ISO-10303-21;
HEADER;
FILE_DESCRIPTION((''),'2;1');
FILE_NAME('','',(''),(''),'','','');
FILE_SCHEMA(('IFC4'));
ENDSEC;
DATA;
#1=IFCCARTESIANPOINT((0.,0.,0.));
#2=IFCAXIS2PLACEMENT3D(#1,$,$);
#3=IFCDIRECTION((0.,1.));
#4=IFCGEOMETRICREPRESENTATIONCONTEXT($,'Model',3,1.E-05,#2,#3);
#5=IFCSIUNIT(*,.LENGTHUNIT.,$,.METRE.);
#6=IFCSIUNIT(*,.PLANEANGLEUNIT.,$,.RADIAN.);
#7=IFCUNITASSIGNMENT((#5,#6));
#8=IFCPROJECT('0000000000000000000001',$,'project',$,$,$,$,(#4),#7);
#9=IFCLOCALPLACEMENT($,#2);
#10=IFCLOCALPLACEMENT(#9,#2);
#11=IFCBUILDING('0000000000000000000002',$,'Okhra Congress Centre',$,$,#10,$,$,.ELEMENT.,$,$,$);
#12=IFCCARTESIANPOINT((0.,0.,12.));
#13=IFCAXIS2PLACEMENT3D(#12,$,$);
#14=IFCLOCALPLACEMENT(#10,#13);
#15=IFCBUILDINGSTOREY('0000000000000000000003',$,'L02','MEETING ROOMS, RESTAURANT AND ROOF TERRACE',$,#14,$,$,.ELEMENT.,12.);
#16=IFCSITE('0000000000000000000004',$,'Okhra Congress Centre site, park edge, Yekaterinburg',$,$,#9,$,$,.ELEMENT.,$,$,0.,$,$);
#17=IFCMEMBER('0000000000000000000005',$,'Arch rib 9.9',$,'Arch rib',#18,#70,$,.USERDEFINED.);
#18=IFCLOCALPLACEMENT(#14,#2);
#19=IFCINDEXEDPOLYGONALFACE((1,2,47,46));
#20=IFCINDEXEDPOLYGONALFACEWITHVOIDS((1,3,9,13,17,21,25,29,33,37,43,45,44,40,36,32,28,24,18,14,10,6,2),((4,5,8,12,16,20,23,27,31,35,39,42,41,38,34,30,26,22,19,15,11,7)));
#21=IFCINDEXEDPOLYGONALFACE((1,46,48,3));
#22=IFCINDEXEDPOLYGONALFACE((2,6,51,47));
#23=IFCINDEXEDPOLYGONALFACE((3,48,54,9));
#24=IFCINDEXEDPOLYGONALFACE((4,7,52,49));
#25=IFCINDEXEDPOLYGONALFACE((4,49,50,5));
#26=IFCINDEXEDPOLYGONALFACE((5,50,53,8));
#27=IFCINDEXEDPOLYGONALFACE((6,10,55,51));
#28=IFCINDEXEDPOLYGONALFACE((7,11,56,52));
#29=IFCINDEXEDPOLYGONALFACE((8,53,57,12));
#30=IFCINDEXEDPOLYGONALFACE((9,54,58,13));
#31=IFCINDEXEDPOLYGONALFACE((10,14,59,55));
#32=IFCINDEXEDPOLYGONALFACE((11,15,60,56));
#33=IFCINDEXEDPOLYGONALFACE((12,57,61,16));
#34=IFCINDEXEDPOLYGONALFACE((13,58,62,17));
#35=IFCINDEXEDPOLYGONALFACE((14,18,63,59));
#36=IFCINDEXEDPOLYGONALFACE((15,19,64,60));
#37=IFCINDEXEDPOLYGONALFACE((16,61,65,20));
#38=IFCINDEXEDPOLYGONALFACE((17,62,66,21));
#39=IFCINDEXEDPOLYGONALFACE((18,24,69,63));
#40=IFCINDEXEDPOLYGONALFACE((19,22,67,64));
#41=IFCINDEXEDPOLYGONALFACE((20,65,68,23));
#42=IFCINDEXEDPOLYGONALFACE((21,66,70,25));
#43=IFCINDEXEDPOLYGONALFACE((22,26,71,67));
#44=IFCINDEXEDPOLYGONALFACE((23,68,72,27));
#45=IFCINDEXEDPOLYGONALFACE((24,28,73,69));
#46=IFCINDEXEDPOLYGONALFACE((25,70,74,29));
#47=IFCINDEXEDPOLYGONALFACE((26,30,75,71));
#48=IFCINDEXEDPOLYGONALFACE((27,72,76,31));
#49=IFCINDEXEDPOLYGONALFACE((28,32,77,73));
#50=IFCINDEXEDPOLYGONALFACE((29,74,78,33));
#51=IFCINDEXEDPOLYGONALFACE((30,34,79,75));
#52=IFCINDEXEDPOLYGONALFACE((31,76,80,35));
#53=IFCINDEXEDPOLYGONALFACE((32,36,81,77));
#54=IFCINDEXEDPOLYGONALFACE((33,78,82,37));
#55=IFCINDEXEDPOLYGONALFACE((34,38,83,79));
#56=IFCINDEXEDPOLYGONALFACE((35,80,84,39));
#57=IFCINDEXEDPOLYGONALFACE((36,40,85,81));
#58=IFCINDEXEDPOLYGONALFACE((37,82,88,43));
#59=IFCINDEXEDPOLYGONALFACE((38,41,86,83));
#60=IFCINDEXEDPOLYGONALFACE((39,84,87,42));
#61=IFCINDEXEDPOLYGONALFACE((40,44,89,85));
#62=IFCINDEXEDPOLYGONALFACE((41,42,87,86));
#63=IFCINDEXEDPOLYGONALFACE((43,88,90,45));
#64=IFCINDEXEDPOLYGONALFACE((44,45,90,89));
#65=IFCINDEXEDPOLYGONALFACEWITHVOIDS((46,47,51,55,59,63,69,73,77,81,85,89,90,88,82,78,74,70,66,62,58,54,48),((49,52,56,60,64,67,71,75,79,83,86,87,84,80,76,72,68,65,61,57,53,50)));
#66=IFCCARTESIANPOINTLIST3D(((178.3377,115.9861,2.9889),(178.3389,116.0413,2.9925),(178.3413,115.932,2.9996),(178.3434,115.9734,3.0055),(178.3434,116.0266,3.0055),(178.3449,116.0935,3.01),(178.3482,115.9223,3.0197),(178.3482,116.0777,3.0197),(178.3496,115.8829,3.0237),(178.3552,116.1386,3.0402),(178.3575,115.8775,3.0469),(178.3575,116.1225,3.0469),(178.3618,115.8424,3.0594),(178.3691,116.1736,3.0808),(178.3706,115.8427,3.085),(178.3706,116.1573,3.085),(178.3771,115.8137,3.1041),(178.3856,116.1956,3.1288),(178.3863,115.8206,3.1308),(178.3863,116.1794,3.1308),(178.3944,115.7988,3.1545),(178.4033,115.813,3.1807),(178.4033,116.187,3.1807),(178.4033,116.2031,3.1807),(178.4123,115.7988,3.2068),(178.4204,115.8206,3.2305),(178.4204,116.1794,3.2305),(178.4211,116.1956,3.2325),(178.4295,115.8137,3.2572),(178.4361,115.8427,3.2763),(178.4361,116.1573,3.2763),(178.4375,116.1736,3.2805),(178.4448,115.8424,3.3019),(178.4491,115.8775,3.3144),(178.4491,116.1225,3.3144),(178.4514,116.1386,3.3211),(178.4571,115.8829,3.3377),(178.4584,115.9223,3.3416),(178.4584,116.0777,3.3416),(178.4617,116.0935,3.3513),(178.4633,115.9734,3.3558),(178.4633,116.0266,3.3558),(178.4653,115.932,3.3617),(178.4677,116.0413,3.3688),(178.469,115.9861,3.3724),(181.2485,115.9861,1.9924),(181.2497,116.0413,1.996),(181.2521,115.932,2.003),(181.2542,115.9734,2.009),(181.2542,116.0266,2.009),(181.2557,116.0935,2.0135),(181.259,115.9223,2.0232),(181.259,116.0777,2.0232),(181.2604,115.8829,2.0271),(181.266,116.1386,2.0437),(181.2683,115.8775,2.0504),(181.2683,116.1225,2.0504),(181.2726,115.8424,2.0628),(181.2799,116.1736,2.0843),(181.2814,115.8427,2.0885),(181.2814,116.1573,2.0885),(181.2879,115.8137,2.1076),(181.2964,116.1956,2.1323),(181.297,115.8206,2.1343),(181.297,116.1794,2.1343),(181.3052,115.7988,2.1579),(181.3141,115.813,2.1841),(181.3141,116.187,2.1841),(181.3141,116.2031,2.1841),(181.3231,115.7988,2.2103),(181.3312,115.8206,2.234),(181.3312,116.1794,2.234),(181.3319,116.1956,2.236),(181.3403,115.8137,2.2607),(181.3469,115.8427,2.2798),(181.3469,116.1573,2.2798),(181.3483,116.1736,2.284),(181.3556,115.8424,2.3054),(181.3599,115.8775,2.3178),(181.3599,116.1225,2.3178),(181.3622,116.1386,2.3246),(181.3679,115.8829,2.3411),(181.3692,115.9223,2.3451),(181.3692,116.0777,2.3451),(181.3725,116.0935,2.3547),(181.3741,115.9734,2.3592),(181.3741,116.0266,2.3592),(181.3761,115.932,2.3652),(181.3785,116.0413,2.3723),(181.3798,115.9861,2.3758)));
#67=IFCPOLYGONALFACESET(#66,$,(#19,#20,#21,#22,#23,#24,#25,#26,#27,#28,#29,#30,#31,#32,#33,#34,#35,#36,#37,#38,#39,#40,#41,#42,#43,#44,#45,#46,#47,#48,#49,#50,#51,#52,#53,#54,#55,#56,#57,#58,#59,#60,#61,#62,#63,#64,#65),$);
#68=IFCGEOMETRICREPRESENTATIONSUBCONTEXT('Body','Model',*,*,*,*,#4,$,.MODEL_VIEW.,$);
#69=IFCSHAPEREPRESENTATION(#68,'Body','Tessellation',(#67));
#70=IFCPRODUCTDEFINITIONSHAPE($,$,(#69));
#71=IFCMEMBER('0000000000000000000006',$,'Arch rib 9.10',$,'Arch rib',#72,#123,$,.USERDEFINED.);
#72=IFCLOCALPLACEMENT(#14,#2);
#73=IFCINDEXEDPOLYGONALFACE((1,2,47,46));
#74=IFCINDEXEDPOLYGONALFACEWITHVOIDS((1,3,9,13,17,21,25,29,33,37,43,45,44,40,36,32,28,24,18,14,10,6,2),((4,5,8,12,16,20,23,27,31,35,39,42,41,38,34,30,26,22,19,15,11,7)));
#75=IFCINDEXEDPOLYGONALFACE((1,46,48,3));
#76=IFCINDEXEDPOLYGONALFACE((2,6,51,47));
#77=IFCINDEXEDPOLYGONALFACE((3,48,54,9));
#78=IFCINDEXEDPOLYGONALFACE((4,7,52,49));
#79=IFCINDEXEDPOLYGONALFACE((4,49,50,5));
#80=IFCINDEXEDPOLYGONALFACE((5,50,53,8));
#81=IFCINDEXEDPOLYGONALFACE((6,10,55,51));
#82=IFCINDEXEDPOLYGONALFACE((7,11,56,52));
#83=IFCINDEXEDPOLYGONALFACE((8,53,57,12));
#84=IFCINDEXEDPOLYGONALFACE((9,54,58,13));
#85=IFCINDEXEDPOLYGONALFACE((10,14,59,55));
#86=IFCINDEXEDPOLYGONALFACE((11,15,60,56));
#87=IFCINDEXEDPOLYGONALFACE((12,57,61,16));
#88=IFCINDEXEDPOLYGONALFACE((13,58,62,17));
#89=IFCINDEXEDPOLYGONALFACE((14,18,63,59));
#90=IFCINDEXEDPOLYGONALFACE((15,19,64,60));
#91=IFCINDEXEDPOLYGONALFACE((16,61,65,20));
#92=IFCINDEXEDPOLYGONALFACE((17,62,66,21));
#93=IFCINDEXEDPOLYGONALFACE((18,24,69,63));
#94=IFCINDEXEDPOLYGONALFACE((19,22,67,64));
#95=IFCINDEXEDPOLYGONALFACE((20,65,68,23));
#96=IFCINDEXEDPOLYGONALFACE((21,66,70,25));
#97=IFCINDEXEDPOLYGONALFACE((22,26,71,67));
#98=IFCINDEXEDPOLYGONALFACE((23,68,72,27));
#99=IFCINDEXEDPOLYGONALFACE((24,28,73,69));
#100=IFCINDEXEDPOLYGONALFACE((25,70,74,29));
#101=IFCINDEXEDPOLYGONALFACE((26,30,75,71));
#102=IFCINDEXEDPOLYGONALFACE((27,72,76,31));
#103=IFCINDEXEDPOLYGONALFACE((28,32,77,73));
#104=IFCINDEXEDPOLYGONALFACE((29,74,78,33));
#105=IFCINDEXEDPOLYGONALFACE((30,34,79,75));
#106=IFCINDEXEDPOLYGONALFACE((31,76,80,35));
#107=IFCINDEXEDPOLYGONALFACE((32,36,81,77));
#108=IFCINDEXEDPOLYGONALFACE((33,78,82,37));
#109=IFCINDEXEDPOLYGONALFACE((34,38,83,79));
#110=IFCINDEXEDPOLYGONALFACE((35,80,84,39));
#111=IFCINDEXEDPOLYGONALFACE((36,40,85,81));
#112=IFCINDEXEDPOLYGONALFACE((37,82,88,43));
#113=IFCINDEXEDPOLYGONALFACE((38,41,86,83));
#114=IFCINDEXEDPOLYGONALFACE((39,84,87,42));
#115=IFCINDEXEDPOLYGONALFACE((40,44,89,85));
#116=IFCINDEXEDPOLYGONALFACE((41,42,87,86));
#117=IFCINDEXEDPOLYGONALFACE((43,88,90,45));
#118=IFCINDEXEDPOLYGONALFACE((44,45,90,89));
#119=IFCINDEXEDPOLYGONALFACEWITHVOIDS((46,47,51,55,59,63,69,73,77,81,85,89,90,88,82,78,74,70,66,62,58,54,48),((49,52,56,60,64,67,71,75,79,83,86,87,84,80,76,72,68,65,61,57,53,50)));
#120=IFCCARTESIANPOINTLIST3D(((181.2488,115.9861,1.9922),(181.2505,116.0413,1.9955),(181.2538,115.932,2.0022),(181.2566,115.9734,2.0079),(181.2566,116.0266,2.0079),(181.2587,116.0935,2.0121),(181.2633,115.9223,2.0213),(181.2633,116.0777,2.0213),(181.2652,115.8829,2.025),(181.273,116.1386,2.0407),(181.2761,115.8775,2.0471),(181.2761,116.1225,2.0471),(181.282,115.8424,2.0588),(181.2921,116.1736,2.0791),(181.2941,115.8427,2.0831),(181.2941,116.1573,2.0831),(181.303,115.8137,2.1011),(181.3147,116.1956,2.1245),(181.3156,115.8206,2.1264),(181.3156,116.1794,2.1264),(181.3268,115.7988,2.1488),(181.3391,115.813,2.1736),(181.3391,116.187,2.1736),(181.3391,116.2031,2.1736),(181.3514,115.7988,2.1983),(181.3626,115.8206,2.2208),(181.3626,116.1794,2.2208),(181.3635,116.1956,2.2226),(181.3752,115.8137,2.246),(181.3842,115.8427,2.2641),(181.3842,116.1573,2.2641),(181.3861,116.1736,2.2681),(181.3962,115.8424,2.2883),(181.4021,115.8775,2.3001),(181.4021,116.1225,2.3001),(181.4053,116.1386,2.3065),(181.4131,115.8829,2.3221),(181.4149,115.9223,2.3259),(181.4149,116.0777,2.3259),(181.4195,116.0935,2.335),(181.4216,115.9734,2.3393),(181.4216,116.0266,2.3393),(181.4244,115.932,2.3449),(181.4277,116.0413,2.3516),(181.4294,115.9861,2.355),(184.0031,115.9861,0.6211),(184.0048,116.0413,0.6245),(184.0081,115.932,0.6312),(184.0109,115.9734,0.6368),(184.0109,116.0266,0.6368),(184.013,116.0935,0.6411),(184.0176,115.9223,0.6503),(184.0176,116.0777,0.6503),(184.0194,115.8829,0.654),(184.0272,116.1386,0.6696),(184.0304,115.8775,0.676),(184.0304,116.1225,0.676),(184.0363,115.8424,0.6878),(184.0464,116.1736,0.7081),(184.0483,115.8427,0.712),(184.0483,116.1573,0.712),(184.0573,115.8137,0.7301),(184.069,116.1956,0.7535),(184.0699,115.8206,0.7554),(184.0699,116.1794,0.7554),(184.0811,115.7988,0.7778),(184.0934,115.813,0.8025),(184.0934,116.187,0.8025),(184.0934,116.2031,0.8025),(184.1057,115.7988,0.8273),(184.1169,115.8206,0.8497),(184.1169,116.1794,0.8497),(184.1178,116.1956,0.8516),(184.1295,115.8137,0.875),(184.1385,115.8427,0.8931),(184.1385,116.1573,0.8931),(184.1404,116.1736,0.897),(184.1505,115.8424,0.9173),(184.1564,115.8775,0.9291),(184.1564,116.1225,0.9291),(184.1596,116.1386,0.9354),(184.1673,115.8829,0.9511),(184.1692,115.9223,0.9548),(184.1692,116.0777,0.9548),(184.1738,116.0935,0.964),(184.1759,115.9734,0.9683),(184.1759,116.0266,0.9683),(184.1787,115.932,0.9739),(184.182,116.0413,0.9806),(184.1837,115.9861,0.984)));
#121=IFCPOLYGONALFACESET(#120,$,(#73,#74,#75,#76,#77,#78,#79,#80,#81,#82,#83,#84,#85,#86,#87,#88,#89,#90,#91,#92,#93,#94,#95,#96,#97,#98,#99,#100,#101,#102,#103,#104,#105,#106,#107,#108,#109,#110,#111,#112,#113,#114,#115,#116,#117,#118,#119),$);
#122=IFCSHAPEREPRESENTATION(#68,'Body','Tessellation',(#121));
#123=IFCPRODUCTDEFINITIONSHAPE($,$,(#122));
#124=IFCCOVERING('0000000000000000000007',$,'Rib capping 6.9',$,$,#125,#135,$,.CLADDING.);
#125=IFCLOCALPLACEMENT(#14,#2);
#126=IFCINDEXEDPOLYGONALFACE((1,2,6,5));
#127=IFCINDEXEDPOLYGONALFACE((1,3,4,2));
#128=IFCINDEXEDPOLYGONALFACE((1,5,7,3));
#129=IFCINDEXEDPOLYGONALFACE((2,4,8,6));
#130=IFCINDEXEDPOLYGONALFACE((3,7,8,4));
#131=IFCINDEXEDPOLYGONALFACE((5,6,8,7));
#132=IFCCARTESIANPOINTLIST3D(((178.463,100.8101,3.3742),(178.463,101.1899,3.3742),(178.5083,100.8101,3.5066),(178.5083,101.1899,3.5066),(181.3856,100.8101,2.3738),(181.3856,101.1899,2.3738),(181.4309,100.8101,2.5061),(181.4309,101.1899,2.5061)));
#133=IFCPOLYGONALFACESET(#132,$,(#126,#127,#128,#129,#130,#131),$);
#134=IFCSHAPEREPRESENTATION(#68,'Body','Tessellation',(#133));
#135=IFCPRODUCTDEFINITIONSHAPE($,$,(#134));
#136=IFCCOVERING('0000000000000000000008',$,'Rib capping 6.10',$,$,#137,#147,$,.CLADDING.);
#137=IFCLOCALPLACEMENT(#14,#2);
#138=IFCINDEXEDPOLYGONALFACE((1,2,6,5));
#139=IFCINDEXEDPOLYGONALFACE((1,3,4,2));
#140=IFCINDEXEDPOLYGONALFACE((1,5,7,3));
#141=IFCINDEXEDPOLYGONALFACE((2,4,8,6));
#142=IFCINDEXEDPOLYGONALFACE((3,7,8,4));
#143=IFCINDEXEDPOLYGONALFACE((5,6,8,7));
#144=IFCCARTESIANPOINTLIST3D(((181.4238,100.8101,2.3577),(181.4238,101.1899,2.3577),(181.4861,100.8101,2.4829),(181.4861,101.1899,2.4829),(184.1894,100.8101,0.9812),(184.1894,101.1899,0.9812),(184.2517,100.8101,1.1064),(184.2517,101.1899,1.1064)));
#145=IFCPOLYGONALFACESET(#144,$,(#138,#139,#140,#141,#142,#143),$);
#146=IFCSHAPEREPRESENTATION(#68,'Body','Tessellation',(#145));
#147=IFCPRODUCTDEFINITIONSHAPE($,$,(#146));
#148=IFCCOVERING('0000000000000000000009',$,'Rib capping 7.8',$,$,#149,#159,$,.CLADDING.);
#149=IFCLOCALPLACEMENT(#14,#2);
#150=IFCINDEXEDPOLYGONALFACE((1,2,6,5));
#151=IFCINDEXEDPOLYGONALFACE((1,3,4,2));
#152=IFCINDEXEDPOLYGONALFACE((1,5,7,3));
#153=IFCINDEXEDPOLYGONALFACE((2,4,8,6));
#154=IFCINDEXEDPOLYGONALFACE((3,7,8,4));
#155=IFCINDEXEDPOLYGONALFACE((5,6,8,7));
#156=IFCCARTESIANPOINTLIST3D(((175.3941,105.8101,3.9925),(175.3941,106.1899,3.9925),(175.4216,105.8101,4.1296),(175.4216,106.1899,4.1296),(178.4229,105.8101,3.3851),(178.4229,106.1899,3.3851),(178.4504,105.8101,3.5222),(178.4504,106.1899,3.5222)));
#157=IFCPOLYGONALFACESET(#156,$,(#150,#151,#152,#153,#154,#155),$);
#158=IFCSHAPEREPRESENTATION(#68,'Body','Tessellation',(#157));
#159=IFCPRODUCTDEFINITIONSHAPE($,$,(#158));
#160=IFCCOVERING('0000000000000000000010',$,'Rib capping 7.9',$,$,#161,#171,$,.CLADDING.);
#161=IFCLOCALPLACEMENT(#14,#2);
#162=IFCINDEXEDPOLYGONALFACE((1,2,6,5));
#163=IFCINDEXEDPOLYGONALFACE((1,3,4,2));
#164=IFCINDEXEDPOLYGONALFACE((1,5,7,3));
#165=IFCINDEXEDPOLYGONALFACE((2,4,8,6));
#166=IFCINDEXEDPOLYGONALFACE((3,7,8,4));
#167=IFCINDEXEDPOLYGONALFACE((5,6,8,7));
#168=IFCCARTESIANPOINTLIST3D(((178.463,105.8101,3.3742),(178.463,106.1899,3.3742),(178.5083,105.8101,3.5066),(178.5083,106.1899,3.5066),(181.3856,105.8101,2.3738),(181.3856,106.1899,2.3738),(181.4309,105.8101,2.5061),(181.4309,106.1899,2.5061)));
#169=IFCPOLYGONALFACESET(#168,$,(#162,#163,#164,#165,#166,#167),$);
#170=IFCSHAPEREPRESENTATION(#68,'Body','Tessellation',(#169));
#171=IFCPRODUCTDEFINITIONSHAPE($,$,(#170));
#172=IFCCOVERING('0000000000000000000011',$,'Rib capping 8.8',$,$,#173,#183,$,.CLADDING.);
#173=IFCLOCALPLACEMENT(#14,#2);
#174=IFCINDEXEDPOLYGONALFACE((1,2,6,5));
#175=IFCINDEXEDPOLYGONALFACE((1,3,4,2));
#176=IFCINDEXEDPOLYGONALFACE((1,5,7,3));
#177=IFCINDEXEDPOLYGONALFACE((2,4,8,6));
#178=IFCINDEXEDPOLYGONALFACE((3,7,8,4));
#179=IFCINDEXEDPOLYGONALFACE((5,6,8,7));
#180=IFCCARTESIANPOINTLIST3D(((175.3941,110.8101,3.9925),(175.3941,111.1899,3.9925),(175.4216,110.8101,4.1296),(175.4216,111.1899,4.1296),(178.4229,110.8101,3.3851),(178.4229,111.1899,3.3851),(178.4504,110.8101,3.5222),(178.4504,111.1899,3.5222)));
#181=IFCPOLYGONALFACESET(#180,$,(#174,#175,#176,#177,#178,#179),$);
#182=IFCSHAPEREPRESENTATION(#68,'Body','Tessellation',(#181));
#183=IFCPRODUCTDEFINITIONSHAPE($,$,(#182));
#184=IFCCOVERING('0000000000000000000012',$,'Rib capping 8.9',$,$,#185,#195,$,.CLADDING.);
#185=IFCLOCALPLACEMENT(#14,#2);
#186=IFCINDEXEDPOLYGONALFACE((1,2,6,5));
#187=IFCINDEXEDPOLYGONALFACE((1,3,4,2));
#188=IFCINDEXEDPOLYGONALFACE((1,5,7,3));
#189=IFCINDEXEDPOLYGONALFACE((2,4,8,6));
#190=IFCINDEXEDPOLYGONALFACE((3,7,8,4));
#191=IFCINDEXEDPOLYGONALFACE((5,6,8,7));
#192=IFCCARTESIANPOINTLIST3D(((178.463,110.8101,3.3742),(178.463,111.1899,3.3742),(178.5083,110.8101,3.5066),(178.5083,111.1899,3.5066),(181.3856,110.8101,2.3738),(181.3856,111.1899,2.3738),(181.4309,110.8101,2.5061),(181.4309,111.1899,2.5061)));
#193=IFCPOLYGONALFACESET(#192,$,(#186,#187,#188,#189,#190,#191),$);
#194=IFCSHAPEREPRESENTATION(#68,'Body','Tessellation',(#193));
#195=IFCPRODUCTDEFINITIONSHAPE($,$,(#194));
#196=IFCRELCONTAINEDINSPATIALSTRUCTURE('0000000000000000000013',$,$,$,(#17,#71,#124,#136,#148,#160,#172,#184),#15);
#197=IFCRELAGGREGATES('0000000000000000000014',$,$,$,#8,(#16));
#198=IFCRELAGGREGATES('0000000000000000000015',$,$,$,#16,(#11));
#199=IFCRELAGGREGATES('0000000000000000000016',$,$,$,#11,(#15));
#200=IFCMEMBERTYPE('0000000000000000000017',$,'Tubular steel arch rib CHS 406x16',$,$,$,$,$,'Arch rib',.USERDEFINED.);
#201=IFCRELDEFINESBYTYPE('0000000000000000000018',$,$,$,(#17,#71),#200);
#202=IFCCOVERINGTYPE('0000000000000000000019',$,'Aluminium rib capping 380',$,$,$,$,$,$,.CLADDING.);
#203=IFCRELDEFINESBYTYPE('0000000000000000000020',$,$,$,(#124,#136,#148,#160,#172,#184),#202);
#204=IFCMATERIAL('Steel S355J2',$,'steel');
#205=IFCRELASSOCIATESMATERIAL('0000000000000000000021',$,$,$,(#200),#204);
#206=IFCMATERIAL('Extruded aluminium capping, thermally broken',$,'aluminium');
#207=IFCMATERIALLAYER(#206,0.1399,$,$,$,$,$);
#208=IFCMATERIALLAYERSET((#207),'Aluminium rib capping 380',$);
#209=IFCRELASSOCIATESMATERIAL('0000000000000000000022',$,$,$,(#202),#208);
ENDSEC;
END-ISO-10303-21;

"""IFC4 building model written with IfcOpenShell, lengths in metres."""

from ifc_helpers import new_model, si_unit, direction, frame, origin, origin_2d, place, context, subcontext, project, spatial, polyline, hollow_circle, outline, extrude, material, layer, layer_set, material_profile, profile_set, type_object, element, save


model = new_model("IFC4")

# Units and contexts
model_context = context("Model", 3, precision=1e-05, world=origin(), true_north=direction((0.0, 1.0)))
body_context = subcontext(model_context, "Body", "Model", "MODEL_VIEW")
ifc_project = project(units=[si_unit("LENGTHUNIT", "METRE"), si_unit("PLANEANGLEUNIT", "RADIAN")], contexts=[model_context])

# Site, building, storey
site_placement = place(None, origin())
site = spatial("IfcSite", under=ifc_project, at=site_placement, Name="Okhra Congress Centre site, park edge, Yekaterinburg", CompositionType="ELEMENT", RefElevation=0.0)
building_placement = place(site_placement, origin())
building = spatial("IfcBuilding", under=site, at=building_placement, Name="Okhra Congress Centre", CompositionType="ELEMENT")
storey_placement = place(building_placement, frame((0.0, 0.0, 12.0)))
storey = spatial("IfcBuildingStorey", under=building, at=storey_placement, Name="L02", Description="MEETING ROOMS, RESTAURANT AND ROOF TERRACE", CompositionType="ELEMENT", Elevation=12.0)

# Members
ifc_material_1 = material(Name="Steel S355J2", Category="steel")
ifc_material_profile_1 = material_profile(ifc_material_1, hollow_circle(Radius=0.2031, WallThickness=0.0161, at=origin_2d()), Name="CHS 406.4x16")
ifc_profile_set_1 = profile_set([ifc_material_profile_1], Name="Steel S355J2")
member_type_1 = type_object("IfcMemberType", Name="Tubular steel arch rib CHS 406x16", ElementType="Arch rib", PredefinedType="USERDEFINED", material=ifc_profile_set_1)
for number, where, z_axis, x_axis, name in (
    (1, (178.4033, 116.0, 3.1807), (0.946089, 0.0, -0.323906), (0.0, 1.0, 0.0), "Arch rib 9.9"),
    (2, (181.3391, 116.0, 2.1736), (0.895219, 0.0, -0.445626), (0.0, 1.0, 0.0), "Arch rib 9.10"),
):
    element("IfcMember", number, at=place(storey_placement, frame(where, z_axis=z_axis, x_axis=x_axis)), inside=storey, type_object=member_type_1, Name=name, ObjectType="Arch rib", PredefinedType="USERDEFINED", context=body_context, shape_type="SweptSolid", body=[
        extrude(hollow_circle(Radius=0.2031, WallThickness=0.0161, at=origin_2d()), origin(), (0.0, 0.0, 1.0), 3.0767),
    ])

# Coverings
ifc_material_2 = material(Name="Extruded aluminium capping, thermally broken", Category="aluminium")
ifc_layer = layer(ifc_material_2, 0.1399)
ifc_layer_set = layer_set([ifc_layer], Name="Aluminium rib capping 380")
covering_type = type_object("IfcCoveringType", Name="Aluminium rib capping 380", PredefinedType="CLADDING", material=ifc_layer_set)
covering_1_placement = place(storey_placement, frame((178.5083, 100.8101, 3.5066), z_axis=(0.323876, 0.0, 0.9461), x_axis=(0.9461, 0.0, -0.323876)))
element("IfcCovering", 3, at=covering_1_placement, inside=storey, type_object=covering_type, Name="Rib capping 6.9", PredefinedType="CLADDING", context=body_context, shape_type="SweptSolid", body=[
    extrude(outline(polyline([(0.0, 0.0), (3.0891, 0.0), (3.0891, 0.3799), (0.0, 0.3799), (0.0, 0.0)])), origin(), (0.0, 0.0, -1.0), 0.1399),
])
covering_2_placement = place(storey_placement, frame((181.4861, 100.8101, 2.4829), z_axis=(0.445569, 0.0, 0.895248), x_axis=(0.895248, 0.0, -0.445569)))
element("IfcCovering", 4, at=covering_2_placement, inside=storey, type_object=covering_type, Name="Rib capping 6.10", PredefinedType="CLADDING", context=body_context, shape_type="SweptSolid", body=[
    extrude(outline(polyline([(0.0, 0.0), (3.0892, 0.0), (3.0892, 0.3799), (0.0, 0.3799), (0.0, 0.0)])), origin(), (0.0, 0.0, -1.0), 0.1399),
])
covering_3_placement = place(storey_placement, frame((175.4216, 105.8101, 4.1296), z_axis=(0.196633, 0.0, 0.980477), x_axis=(0.980477, 0.0, -0.196633)))
element("IfcCovering", 5, at=covering_3_placement, inside=storey, type_object=covering_type, Name="Rib capping 7.8", PredefinedType="CLADDING", context=body_context, shape_type="SweptSolid", body=[
    extrude(outline(polyline([(0.0, 0.0), (3.0891, 0.0), (3.0891, 0.3799), (0.0, 0.3799), (0.0, 0.0)])), origin(), (0.0, 0.0, -1.0), 0.1399),
])
covering_4_placement = place(storey_placement, frame((178.5083, 105.8101, 3.5066), z_axis=(0.323876, 0.0, 0.9461), x_axis=(0.9461, 0.0, -0.323876)))
element("IfcCovering", 6, at=covering_4_placement, inside=storey, type_object=covering_type, Name="Rib capping 7.9", PredefinedType="CLADDING", context=body_context, shape_type="SweptSolid", body=[
    extrude(outline(polyline([(0.0, 0.0), (3.0891, 0.0), (3.0891, 0.3799), (0.0, 0.3799), (0.0, 0.0)])), origin(), (0.0, 0.0, -1.0), 0.1399),
])
covering_5_placement = place(storey_placement, frame((175.4216, 110.8101, 4.1296), z_axis=(0.196633, 0.0, 0.980477), x_axis=(0.980477, 0.0, -0.196633)))
element("IfcCovering", 7, at=covering_5_placement, inside=storey, type_object=covering_type, Name="Rib capping 8.8", PredefinedType="CLADDING", context=body_context, shape_type="SweptSolid", body=[
    extrude(outline(polyline([(0.0, 0.0), (3.0891, 0.0), (3.0891, 0.3799), (0.0, 0.3799), (0.0, 0.0)])), origin(), (0.0, 0.0, -1.0), 0.1399),
])
covering_6_placement = place(storey_placement, frame((178.5083, 110.8101, 3.5066), z_axis=(0.323876, 0.0, 0.9461), x_axis=(0.9461, 0.0, -0.323876)))
element("IfcCovering", 8, at=covering_6_placement, inside=storey, type_object=covering_type, Name="Rib capping 8.9", PredefinedType="CLADDING", context=body_context, shape_type="SweptSolid", body=[
    extrude(outline(polyline([(0.0, 0.0), (3.0891, 0.0), (3.0891, 0.3799), (0.0, 0.3799), (0.0, 0.0)])), origin(), (0.0, 0.0, -1.0), 0.1399),
])

save(model, "model.ifc")
